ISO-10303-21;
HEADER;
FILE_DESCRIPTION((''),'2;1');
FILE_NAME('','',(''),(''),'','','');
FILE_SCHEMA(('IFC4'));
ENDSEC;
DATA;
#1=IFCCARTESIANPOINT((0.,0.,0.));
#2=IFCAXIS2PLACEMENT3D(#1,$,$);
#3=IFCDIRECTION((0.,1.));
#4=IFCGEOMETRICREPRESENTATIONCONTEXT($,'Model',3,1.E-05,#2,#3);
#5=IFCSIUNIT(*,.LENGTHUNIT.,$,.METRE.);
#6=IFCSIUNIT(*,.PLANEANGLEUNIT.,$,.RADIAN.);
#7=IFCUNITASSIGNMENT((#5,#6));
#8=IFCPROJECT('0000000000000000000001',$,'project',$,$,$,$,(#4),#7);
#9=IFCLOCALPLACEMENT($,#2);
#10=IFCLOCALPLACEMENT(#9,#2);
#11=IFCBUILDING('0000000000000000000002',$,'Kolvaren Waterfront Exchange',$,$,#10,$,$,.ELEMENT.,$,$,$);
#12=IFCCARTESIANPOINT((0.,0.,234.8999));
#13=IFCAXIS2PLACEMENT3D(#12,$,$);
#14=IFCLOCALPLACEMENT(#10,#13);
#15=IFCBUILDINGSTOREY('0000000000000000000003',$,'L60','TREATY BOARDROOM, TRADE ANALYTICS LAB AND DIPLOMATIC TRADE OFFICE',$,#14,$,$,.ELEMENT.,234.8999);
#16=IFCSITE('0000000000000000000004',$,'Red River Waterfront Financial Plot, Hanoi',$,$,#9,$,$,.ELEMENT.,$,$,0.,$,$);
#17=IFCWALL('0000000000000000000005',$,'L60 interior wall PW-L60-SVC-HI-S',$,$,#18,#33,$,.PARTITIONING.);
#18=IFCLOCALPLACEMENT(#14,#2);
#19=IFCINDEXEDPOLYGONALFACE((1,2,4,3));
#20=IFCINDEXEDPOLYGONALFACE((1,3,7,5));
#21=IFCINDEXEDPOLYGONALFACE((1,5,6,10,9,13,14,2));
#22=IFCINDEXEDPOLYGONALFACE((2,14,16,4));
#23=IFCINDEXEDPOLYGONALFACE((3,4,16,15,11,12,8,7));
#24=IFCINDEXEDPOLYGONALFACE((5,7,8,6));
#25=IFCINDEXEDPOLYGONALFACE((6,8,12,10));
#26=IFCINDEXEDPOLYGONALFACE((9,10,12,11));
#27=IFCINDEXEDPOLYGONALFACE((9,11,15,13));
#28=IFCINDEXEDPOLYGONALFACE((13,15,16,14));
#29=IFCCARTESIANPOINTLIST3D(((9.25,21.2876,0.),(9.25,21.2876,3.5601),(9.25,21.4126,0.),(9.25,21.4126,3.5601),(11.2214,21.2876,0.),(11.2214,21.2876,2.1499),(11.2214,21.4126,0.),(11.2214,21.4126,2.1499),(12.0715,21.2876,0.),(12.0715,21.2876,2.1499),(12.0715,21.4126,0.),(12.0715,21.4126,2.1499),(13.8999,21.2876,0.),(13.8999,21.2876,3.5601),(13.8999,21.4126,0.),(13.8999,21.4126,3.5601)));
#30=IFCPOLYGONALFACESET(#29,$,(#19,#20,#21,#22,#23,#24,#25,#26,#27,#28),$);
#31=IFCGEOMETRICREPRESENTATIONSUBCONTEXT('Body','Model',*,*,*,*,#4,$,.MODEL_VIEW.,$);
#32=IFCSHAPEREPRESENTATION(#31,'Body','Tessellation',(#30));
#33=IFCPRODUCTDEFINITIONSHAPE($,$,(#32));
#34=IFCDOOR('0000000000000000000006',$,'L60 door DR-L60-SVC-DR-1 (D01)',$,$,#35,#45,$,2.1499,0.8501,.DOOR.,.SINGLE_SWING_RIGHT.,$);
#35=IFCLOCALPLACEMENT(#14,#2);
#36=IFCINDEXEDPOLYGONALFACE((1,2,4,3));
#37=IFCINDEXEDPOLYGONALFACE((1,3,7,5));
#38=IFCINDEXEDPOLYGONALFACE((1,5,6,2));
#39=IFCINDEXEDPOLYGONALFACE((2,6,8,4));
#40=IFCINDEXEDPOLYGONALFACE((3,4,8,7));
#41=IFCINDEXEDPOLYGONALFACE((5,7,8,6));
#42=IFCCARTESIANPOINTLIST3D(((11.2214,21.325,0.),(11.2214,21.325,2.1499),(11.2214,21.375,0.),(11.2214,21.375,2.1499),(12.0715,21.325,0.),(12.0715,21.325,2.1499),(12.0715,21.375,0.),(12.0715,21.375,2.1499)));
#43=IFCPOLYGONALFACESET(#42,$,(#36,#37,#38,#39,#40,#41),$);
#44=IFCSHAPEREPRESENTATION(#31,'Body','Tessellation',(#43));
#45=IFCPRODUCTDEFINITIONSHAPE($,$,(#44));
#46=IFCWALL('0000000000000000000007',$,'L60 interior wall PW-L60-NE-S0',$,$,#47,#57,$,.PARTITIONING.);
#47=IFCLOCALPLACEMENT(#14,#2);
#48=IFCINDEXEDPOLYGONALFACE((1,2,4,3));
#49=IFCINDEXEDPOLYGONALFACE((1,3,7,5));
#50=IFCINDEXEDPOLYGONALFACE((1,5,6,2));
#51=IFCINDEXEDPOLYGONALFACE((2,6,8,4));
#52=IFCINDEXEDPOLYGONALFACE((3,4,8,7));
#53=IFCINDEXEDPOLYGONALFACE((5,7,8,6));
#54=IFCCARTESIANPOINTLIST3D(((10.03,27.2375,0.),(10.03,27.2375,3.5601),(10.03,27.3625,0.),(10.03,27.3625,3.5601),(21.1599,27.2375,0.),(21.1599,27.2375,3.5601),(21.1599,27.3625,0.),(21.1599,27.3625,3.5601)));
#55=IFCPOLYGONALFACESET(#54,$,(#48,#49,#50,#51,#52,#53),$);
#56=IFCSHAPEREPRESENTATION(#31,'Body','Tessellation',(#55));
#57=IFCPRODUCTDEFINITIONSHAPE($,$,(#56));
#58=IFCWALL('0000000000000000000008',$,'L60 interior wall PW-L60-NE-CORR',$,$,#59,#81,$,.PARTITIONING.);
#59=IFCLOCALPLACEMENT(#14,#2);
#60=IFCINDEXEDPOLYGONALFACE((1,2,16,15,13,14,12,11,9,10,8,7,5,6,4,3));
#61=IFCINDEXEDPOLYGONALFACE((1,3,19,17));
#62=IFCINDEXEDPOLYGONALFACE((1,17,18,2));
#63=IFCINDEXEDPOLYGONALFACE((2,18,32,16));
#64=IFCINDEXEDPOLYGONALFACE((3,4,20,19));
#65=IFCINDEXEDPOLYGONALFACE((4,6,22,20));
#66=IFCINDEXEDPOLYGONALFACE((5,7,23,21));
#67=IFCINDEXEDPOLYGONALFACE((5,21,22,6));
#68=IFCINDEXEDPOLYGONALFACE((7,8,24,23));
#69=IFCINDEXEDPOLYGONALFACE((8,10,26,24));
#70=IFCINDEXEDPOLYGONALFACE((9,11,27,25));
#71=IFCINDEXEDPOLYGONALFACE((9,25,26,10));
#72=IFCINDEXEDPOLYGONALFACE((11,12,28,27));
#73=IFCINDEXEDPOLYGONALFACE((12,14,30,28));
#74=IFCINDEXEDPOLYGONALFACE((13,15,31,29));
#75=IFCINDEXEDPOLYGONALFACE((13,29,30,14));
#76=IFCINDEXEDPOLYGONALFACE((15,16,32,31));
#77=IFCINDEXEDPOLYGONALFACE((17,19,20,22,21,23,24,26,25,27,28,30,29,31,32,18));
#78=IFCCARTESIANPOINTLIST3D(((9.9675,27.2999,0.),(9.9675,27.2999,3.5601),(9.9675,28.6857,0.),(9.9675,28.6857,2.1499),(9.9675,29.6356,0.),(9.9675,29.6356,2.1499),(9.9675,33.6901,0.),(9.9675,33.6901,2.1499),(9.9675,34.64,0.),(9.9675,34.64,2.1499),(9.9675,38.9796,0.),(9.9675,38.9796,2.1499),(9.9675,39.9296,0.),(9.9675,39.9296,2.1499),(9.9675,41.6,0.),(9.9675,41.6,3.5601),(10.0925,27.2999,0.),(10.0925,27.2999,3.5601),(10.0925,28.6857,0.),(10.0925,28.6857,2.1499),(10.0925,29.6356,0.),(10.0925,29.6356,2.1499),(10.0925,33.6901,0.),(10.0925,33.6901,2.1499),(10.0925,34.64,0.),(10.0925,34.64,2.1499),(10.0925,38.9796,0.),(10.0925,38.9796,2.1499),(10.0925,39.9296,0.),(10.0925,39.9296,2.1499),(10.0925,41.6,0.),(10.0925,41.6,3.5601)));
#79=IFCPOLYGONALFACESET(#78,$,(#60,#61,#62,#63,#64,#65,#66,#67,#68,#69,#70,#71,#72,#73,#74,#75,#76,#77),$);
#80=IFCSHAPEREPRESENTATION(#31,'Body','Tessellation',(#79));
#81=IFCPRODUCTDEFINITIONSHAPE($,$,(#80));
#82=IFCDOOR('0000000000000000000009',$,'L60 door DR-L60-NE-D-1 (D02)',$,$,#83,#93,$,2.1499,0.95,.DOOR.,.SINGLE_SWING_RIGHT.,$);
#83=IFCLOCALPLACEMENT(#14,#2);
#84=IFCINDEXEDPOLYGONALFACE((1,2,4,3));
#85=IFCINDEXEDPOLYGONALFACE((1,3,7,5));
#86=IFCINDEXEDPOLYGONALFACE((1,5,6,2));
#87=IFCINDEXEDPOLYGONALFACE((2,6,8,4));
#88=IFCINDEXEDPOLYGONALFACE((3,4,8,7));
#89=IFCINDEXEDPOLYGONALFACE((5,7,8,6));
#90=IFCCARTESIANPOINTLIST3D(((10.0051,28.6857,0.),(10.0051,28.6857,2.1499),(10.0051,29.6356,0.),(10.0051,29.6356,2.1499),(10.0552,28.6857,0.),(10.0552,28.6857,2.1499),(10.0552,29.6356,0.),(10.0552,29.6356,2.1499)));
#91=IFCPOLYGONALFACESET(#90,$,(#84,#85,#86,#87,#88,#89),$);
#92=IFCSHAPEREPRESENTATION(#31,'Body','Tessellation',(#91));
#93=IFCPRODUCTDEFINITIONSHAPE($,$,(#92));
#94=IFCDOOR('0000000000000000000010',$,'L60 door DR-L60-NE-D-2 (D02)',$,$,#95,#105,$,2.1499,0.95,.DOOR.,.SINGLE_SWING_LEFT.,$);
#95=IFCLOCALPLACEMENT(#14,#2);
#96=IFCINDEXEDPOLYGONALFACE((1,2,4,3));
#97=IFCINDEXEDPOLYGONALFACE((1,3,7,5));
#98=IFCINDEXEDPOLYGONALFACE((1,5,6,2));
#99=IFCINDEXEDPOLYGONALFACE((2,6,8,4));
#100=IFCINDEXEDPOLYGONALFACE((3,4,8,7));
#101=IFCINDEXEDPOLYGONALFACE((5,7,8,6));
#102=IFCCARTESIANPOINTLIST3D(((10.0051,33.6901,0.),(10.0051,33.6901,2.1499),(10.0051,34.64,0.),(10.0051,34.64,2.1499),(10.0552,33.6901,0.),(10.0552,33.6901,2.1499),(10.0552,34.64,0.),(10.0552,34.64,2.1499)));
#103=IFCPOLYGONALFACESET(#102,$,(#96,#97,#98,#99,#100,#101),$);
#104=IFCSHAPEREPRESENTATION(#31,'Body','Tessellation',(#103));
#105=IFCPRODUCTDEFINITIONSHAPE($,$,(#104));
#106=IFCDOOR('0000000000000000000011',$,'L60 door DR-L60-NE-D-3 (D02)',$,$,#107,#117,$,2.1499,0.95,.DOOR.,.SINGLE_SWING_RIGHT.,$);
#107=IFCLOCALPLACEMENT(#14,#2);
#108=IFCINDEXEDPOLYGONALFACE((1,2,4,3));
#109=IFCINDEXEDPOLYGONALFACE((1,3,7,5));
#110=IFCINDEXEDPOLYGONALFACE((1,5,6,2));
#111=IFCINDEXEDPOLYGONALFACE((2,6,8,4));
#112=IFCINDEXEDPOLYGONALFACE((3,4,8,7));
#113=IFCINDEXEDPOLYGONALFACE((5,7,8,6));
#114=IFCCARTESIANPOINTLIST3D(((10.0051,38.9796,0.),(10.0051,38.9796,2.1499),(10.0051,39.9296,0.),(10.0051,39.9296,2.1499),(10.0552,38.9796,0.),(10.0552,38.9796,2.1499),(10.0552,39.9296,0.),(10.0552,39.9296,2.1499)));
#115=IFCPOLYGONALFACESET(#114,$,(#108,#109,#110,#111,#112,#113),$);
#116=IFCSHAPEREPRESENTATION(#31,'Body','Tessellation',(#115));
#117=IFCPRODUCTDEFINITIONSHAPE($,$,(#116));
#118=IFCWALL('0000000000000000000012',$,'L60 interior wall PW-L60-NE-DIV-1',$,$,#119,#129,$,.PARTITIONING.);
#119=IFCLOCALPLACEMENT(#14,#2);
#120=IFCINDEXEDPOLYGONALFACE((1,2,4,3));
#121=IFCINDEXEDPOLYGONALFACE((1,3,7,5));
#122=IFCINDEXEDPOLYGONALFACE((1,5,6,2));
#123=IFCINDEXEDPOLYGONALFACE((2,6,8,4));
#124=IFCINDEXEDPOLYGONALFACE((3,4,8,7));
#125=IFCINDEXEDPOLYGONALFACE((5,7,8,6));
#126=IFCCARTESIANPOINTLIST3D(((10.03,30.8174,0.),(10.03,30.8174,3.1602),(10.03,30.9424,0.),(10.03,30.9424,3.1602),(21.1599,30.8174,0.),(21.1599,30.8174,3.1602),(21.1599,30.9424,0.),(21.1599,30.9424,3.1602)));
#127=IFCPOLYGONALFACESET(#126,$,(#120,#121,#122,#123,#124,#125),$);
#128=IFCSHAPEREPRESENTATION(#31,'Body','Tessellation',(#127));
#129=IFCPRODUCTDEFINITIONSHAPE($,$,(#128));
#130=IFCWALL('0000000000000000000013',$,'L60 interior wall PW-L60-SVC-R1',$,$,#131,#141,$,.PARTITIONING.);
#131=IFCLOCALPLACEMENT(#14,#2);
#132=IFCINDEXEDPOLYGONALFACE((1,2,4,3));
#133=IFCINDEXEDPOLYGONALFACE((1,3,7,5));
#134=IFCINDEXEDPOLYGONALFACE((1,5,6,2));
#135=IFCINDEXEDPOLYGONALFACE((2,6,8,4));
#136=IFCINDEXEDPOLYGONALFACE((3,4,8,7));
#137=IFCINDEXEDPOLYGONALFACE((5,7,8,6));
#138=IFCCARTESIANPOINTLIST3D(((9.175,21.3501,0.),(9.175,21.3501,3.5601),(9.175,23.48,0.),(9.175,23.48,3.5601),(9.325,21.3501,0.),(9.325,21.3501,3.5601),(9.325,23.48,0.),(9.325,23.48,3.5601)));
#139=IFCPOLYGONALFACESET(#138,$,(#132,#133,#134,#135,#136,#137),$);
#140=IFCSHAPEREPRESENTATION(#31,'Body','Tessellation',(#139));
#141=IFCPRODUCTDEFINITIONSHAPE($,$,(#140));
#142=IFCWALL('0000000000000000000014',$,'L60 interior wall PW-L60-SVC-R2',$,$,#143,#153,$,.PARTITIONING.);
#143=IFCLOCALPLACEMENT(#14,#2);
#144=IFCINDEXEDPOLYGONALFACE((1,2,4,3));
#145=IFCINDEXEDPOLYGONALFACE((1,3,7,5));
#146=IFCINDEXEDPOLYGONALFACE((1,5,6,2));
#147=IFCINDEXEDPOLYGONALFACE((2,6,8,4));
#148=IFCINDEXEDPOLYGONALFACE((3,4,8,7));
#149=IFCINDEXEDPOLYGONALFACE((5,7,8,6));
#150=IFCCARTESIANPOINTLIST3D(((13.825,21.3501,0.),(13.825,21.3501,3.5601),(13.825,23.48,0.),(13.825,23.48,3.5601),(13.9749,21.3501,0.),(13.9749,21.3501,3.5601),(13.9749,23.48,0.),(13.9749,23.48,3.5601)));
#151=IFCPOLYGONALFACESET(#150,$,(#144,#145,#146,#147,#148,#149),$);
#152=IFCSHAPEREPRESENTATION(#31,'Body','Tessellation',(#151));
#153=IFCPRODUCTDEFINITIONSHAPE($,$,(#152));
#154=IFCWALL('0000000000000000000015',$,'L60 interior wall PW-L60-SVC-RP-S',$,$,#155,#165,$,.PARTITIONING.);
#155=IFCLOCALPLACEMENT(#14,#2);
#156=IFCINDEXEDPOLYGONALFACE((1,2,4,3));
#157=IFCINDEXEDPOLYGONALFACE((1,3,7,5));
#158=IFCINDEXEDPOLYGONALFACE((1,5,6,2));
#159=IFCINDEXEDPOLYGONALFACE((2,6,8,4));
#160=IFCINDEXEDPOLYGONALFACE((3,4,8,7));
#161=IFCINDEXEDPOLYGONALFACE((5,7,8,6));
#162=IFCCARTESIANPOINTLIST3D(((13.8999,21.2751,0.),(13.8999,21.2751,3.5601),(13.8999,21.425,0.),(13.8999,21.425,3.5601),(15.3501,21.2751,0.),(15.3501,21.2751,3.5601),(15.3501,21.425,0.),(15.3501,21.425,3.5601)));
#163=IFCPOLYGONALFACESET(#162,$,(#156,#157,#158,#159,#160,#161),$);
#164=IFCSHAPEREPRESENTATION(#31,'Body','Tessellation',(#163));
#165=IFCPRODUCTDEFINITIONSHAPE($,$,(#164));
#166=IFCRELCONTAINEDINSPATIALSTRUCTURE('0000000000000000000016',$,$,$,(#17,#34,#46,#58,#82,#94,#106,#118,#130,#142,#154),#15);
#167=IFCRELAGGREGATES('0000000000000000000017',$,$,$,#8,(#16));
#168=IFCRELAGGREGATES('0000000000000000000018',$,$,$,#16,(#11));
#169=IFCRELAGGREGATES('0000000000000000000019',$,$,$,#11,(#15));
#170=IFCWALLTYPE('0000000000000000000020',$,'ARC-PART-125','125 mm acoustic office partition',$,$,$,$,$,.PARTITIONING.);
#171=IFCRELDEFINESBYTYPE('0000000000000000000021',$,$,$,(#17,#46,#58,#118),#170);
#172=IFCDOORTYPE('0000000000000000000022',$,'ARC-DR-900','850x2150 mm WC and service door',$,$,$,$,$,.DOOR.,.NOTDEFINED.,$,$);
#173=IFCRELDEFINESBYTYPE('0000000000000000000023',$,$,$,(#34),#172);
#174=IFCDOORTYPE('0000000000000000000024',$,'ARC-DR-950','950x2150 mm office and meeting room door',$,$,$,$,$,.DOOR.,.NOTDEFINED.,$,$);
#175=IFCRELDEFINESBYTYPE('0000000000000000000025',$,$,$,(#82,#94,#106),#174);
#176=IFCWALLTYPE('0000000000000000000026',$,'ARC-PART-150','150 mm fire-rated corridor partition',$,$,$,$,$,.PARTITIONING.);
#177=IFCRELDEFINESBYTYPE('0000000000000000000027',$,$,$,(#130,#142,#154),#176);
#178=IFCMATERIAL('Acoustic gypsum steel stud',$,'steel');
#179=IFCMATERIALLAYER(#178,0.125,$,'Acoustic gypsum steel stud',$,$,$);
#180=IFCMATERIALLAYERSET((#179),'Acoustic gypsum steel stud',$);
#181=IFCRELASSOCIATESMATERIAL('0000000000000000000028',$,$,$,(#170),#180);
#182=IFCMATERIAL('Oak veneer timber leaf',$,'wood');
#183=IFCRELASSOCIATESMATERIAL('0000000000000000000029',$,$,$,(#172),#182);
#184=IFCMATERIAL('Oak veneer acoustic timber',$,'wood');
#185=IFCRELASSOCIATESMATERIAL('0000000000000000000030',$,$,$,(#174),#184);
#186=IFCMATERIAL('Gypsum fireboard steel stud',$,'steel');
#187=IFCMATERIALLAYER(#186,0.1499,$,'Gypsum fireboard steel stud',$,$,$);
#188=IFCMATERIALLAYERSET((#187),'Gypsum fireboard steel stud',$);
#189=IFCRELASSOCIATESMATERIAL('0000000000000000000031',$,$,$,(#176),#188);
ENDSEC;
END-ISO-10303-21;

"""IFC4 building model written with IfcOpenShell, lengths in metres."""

from ifc_helpers import new_model, si_unit, direction, frame, frame_2d, origin, place, context, subcontext, project, spatial, rectangle, extrude, material, layer, layer_set, type_object, element, fill, save


model = new_model("IFC4")

# Units and contexts
model_context = context("Model", 3, precision=1e-05, world=origin(), true_north=direction((0.0, 1.0)))
body_context = subcontext(model_context, "Body", "Model", "MODEL_VIEW")
ifc_project = project(units=[si_unit("LENGTHUNIT", "METRE"), si_unit("PLANEANGLEUNIT", "RADIAN")], contexts=[model_context])

# Site, building, storey
site_placement = place(None, origin())
site = spatial("IfcSite", under=ifc_project, at=site_placement, Name="Red River Waterfront Financial Plot, Hanoi", CompositionType="ELEMENT", RefElevation=0.0)
building_placement = place(site_placement, origin())
building = spatial("IfcBuilding", under=site, at=building_placement, Name="Kolvaren Waterfront Exchange", CompositionType="ELEMENT")
storey_placement = place(building_placement, frame((0.0, 0.0, 234.8999)))
storey = spatial("IfcBuildingStorey", under=building, at=storey_placement, Name="L60", Description="TREATY BOARDROOM, TRADE ANALYTICS LAB AND DIPLOMATIC TRADE OFFICE", CompositionType="ELEMENT", Elevation=234.8999)

# Wall, opening, door
ifc_material_1 = material(Name="Acoustic gypsum steel stud", Category="steel")
ifc_layer_1 = layer(ifc_material_1, 0.125, Name="Acoustic gypsum steel stud")
ifc_layer_set_1 = layer_set([ifc_layer_1], Name="Acoustic gypsum steel stud")
wall_type_1 = type_object("IfcWallType", Name="ARC-PART-125", Description="125 mm acoustic office partition", PredefinedType="PARTITIONING", material=ifc_layer_set_1)
wall_1_placement = place(storey_placement, frame((9.25, 21.3501, 0.0), z_axis=(0.0, 0.0, 1.0), x_axis=(1.0, 0.0, 0.0)))
wall_1 = element("IfcWall", 1, at=wall_1_placement, inside=storey, type_object=wall_type_1, Name="L60 interior wall PW-L60-SVC-HI-S", PredefinedType="PARTITIONING", context=body_context, shape_type="SweptSolid", body=[
    extrude(rectangle(XDim=4.6499, YDim=0.125, at=frame_2d((2.325, 0.0))), origin(), (0.0, 0.0, 1.0), 3.5601),
])
opening_1_placement = place(wall_1_placement, frame((1.9714, 0.0, 0.0)))
opening_1 = element("IfcOpeningElement", 2, at=opening_1_placement, cuts=wall_1, PredefinedType="OPENING", context=body_context, shape_type="SweptSolid", body=[
    extrude(rectangle(XDim=0.8501, YDim=2.1499, at=frame_2d((0.425, 1.075))), frame((0.0, 0.0725, 0.0), z_axis=(0.0, -1.0, 0.0), x_axis=(1.0, 0.0, 0.0)), (0.0, 0.0, 1.0), 0.145),
])
ifc_material_2 = material(Name="Oak veneer timber leaf", Category="wood")
door_type_1 = type_object("IfcDoorType", Name="ARC-DR-900", Description="850x2150 mm WC and service door", OperationType="NOTDEFINED", PredefinedType="DOOR", material=ifc_material_2)
door_1_placement = place(opening_1_placement, origin())
door_1 = element("IfcDoor", 3, at=door_1_placement, inside=storey, type_object=door_type_1, Name="L60 door DR-L60-SVC-DR-1 (D01)", OperationType="SINGLE_SWING_RIGHT", OverallHeight=2.1499, OverallWidth=0.8501, PredefinedType="DOOR", context=body_context, shape_type="SweptSolid", body=[
    extrude(rectangle(XDim=0.8501, YDim=2.1499, at=frame_2d((0.425, 1.075))), frame((0.0, 0.0249, 0.0), z_axis=(0.0, -1.0, 0.0), x_axis=(1.0, 0.0, 0.0)), (0.0, 0.0, 1.0), 0.05),
])
fill(opening_1, door_1)

# Wall
wall_2_placement = place(storey_placement, frame((10.03, 27.3, 0.0), z_axis=(0.0, 0.0, 1.0), x_axis=(1.0, 0.0, 0.0)))
element("IfcWall", 4, at=wall_2_placement, inside=storey, type_object=wall_type_1, Name="L60 interior wall PW-L60-NE-S0", PredefinedType="PARTITIONING", context=body_context, shape_type="SweptSolid", body=[
    extrude(rectangle(XDim=11.1299, YDim=0.125, at=frame_2d((5.5649, 0.0))), origin(), (0.0, 0.0, 1.0), 3.5601),
])

# Wall, openings, doors
wall_3_placement = place(storey_placement, frame((10.03, 27.3, 0.0), z_axis=(0.0, 0.0, 1.0), x_axis=(0.0, 1.0, 0.0)))
wall_3 = element("IfcWall", 5, at=wall_3_placement, inside=storey, type_object=wall_type_1, Name="L60 interior wall PW-L60-NE-CORR", PredefinedType="PARTITIONING", context=body_context, shape_type="SweptSolid", body=[
    extrude(rectangle(XDim=14.3, YDim=0.125, at=frame_2d((7.1499, 0.0))), origin(), (0.0, 0.0, 1.0), 3.5601),
])
opening_2_placement = place(wall_3_placement, frame((1.3855, 0.0, 0.0)))
opening_2 = element("IfcOpeningElement", 6, at=opening_2_placement, cuts=wall_3, PredefinedType="OPENING", context=body_context, shape_type="SweptSolid", body=[
    extrude(rectangle(XDim=0.95, YDim=2.1499, at=frame_2d((0.4751, 1.075))), frame((0.0, 0.0725, 0.0), z_axis=(0.0, -1.0, 0.0), x_axis=(1.0, 0.0, 0.0)), (0.0, 0.0, 1.0), 0.145),
])
opening_3_placement = place(wall_3_placement, frame((6.3899, 0.0, 0.0)))
opening_3 = element("IfcOpeningElement", 7, at=opening_3_placement, cuts=wall_3, PredefinedType="OPENING", context=body_context, shape_type="SweptSolid", body=[
    extrude(rectangle(XDim=0.95, YDim=2.1499, at=frame_2d((0.4751, 1.075))), frame((0.0, 0.0725, 0.0), z_axis=(0.0, -1.0, 0.0), x_axis=(1.0, 0.0, 0.0)), (0.0, 0.0, 1.0), 0.145),
])
opening_4_placement = place(wall_3_placement, frame((11.6794, 0.0, 0.0)))
opening_4 = element("IfcOpeningElement", 8, at=opening_4_placement, cuts=wall_3, PredefinedType="OPENING", context=body_context, shape_type="SweptSolid", body=[
    extrude(rectangle(XDim=0.95, YDim=2.1499, at=frame_2d((0.4751, 1.075))), frame((0.0, 0.0725, 0.0), z_axis=(0.0, -1.0, 0.0), x_axis=(1.0, 0.0, 0.0)), (0.0, 0.0, 1.0), 0.145),
])
ifc_material_3 = material(Name="Oak veneer acoustic timber", Category="wood")
door_type_2 = type_object("IfcDoorType", Name="ARC-DR-950", Description="950x2150 mm office and meeting room door", OperationType="NOTDEFINED", PredefinedType="DOOR", material=ifc_material_3)
door_2_placement = place(opening_2_placement, origin())
door_2 = element("IfcDoor", 9, at=door_2_placement, inside=storey, type_object=door_type_2, Name="L60 door DR-L60-NE-D-1 (D02)", OperationType="SINGLE_SWING_RIGHT", OverallHeight=2.1499, OverallWidth=0.95, PredefinedType="DOOR", context=body_context, shape_type="SweptSolid", body=[
    extrude(rectangle(XDim=0.95, YDim=2.1499, at=frame_2d((0.4751, 1.075))), frame((0.0, 0.0249, 0.0), z_axis=(0.0, -1.0, 0.0), x_axis=(1.0, 0.0, 0.0)), (0.0, 0.0, 1.0), 0.05),
])
fill(opening_2, door_2)
door_3_placement = place(opening_3_placement, origin())
door_3 = element("IfcDoor", 10, at=door_3_placement, inside=storey, type_object=door_type_2, Name="L60 door DR-L60-NE-D-2 (D02)", OperationType="SINGLE_SWING_LEFT", OverallHeight=2.1499, OverallWidth=0.95, PredefinedType="DOOR", context=body_context, shape_type="SweptSolid", body=[
    extrude(rectangle(XDim=0.95, YDim=2.1499, at=frame_2d((0.4751, 1.075))), frame((0.0, 0.0249, 0.0), z_axis=(0.0, -1.0, 0.0), x_axis=(1.0, 0.0, 0.0)), (0.0, 0.0, 1.0), 0.05),
])
fill(opening_3, door_3)
door_4_placement = place(opening_4_placement, origin())
door_4 = element("IfcDoor", 11, at=door_4_placement, inside=storey, type_object=door_type_2, Name="L60 door DR-L60-NE-D-3 (D02)", OperationType="SINGLE_SWING_RIGHT", OverallHeight=2.1499, OverallWidth=0.95, PredefinedType="DOOR", context=body_context, shape_type="SweptSolid", body=[
    extrude(rectangle(XDim=0.95, YDim=2.1499, at=frame_2d((0.4751, 1.075))), frame((0.0, 0.0249, 0.0), z_axis=(0.0, -1.0, 0.0), x_axis=(1.0, 0.0, 0.0)), (0.0, 0.0, 1.0), 0.05),
])
fill(opening_4, door_4)

# Walls
wall_4_placement = place(storey_placement, frame((10.03, 30.8799, 0.0), z_axis=(0.0, 0.0, 1.0), x_axis=(1.0, 0.0, 0.0)))
element("IfcWall", 12, at=wall_4_placement, inside=storey, type_object=wall_type_1, Name="L60 interior wall PW-L60-NE-DIV-1", PredefinedType="PARTITIONING", context=body_context, shape_type="SweptSolid", body=[
    extrude(rectangle(XDim=11.1299, YDim=0.125, at=frame_2d((5.5649, 0.0))), origin(), (0.0, 0.0, 1.0), 3.1602),
])
ifc_material_4 = material(Name="Gypsum fireboard steel stud", Category="steel")
ifc_layer_2 = layer(ifc_material_4, 0.1499, Name="Gypsum fireboard steel stud")
ifc_layer_set_2 = layer_set([ifc_layer_2], Name="Gypsum fireboard steel stud")
wall_type_2 = type_object("IfcWallType", Name="ARC-PART-150", Description="150 mm fire-rated corridor partition", PredefinedType="PARTITIONING", material=ifc_layer_set_2)
for number, where, z_axis, x_axis, name in (
    (13, (9.25, 21.3501, 0.0), (0.0, 0.0, 1.0), (0.0, 1.0, 0.0), "L60 interior wall PW-L60-SVC-R1"),
    (14, (13.8999, 21.3501, 0.0), (0.0, 0.0, 1.0), (0.0, 1.0, 0.0), "L60 interior wall PW-L60-SVC-R2"),
):
    element("IfcWall", number, at=place(storey_placement, frame(where, z_axis=z_axis, x_axis=x_axis)), inside=storey, type_object=wall_type_2, Name=name, PredefinedType="PARTITIONING", context=body_context, shape_type="SweptSolid", body=[
        extrude(rectangle(XDim=2.1299, YDim=0.1499, at=frame_2d((1.0649, 0.0))), origin(), (0.0, 0.0, 1.0), 3.5601),
    ])
wall_5_placement = place(storey_placement, frame((13.8999, 21.3501, 0.0), z_axis=(0.0, 0.0, 1.0), x_axis=(1.0, 0.0, 0.0)))
element("IfcWall", 15, at=wall_5_placement, inside=storey, type_object=wall_type_2, Name="L60 interior wall PW-L60-SVC-RP-S", PredefinedType="PARTITIONING", context=body_context, shape_type="SweptSolid", body=[
    extrude(rectangle(XDim=1.4502, YDim=0.1499, at=frame_2d((0.7251, 0.0))), origin(), (0.0, 0.0, 1.0), 3.5601),
])

save(model, "model.ifc")
